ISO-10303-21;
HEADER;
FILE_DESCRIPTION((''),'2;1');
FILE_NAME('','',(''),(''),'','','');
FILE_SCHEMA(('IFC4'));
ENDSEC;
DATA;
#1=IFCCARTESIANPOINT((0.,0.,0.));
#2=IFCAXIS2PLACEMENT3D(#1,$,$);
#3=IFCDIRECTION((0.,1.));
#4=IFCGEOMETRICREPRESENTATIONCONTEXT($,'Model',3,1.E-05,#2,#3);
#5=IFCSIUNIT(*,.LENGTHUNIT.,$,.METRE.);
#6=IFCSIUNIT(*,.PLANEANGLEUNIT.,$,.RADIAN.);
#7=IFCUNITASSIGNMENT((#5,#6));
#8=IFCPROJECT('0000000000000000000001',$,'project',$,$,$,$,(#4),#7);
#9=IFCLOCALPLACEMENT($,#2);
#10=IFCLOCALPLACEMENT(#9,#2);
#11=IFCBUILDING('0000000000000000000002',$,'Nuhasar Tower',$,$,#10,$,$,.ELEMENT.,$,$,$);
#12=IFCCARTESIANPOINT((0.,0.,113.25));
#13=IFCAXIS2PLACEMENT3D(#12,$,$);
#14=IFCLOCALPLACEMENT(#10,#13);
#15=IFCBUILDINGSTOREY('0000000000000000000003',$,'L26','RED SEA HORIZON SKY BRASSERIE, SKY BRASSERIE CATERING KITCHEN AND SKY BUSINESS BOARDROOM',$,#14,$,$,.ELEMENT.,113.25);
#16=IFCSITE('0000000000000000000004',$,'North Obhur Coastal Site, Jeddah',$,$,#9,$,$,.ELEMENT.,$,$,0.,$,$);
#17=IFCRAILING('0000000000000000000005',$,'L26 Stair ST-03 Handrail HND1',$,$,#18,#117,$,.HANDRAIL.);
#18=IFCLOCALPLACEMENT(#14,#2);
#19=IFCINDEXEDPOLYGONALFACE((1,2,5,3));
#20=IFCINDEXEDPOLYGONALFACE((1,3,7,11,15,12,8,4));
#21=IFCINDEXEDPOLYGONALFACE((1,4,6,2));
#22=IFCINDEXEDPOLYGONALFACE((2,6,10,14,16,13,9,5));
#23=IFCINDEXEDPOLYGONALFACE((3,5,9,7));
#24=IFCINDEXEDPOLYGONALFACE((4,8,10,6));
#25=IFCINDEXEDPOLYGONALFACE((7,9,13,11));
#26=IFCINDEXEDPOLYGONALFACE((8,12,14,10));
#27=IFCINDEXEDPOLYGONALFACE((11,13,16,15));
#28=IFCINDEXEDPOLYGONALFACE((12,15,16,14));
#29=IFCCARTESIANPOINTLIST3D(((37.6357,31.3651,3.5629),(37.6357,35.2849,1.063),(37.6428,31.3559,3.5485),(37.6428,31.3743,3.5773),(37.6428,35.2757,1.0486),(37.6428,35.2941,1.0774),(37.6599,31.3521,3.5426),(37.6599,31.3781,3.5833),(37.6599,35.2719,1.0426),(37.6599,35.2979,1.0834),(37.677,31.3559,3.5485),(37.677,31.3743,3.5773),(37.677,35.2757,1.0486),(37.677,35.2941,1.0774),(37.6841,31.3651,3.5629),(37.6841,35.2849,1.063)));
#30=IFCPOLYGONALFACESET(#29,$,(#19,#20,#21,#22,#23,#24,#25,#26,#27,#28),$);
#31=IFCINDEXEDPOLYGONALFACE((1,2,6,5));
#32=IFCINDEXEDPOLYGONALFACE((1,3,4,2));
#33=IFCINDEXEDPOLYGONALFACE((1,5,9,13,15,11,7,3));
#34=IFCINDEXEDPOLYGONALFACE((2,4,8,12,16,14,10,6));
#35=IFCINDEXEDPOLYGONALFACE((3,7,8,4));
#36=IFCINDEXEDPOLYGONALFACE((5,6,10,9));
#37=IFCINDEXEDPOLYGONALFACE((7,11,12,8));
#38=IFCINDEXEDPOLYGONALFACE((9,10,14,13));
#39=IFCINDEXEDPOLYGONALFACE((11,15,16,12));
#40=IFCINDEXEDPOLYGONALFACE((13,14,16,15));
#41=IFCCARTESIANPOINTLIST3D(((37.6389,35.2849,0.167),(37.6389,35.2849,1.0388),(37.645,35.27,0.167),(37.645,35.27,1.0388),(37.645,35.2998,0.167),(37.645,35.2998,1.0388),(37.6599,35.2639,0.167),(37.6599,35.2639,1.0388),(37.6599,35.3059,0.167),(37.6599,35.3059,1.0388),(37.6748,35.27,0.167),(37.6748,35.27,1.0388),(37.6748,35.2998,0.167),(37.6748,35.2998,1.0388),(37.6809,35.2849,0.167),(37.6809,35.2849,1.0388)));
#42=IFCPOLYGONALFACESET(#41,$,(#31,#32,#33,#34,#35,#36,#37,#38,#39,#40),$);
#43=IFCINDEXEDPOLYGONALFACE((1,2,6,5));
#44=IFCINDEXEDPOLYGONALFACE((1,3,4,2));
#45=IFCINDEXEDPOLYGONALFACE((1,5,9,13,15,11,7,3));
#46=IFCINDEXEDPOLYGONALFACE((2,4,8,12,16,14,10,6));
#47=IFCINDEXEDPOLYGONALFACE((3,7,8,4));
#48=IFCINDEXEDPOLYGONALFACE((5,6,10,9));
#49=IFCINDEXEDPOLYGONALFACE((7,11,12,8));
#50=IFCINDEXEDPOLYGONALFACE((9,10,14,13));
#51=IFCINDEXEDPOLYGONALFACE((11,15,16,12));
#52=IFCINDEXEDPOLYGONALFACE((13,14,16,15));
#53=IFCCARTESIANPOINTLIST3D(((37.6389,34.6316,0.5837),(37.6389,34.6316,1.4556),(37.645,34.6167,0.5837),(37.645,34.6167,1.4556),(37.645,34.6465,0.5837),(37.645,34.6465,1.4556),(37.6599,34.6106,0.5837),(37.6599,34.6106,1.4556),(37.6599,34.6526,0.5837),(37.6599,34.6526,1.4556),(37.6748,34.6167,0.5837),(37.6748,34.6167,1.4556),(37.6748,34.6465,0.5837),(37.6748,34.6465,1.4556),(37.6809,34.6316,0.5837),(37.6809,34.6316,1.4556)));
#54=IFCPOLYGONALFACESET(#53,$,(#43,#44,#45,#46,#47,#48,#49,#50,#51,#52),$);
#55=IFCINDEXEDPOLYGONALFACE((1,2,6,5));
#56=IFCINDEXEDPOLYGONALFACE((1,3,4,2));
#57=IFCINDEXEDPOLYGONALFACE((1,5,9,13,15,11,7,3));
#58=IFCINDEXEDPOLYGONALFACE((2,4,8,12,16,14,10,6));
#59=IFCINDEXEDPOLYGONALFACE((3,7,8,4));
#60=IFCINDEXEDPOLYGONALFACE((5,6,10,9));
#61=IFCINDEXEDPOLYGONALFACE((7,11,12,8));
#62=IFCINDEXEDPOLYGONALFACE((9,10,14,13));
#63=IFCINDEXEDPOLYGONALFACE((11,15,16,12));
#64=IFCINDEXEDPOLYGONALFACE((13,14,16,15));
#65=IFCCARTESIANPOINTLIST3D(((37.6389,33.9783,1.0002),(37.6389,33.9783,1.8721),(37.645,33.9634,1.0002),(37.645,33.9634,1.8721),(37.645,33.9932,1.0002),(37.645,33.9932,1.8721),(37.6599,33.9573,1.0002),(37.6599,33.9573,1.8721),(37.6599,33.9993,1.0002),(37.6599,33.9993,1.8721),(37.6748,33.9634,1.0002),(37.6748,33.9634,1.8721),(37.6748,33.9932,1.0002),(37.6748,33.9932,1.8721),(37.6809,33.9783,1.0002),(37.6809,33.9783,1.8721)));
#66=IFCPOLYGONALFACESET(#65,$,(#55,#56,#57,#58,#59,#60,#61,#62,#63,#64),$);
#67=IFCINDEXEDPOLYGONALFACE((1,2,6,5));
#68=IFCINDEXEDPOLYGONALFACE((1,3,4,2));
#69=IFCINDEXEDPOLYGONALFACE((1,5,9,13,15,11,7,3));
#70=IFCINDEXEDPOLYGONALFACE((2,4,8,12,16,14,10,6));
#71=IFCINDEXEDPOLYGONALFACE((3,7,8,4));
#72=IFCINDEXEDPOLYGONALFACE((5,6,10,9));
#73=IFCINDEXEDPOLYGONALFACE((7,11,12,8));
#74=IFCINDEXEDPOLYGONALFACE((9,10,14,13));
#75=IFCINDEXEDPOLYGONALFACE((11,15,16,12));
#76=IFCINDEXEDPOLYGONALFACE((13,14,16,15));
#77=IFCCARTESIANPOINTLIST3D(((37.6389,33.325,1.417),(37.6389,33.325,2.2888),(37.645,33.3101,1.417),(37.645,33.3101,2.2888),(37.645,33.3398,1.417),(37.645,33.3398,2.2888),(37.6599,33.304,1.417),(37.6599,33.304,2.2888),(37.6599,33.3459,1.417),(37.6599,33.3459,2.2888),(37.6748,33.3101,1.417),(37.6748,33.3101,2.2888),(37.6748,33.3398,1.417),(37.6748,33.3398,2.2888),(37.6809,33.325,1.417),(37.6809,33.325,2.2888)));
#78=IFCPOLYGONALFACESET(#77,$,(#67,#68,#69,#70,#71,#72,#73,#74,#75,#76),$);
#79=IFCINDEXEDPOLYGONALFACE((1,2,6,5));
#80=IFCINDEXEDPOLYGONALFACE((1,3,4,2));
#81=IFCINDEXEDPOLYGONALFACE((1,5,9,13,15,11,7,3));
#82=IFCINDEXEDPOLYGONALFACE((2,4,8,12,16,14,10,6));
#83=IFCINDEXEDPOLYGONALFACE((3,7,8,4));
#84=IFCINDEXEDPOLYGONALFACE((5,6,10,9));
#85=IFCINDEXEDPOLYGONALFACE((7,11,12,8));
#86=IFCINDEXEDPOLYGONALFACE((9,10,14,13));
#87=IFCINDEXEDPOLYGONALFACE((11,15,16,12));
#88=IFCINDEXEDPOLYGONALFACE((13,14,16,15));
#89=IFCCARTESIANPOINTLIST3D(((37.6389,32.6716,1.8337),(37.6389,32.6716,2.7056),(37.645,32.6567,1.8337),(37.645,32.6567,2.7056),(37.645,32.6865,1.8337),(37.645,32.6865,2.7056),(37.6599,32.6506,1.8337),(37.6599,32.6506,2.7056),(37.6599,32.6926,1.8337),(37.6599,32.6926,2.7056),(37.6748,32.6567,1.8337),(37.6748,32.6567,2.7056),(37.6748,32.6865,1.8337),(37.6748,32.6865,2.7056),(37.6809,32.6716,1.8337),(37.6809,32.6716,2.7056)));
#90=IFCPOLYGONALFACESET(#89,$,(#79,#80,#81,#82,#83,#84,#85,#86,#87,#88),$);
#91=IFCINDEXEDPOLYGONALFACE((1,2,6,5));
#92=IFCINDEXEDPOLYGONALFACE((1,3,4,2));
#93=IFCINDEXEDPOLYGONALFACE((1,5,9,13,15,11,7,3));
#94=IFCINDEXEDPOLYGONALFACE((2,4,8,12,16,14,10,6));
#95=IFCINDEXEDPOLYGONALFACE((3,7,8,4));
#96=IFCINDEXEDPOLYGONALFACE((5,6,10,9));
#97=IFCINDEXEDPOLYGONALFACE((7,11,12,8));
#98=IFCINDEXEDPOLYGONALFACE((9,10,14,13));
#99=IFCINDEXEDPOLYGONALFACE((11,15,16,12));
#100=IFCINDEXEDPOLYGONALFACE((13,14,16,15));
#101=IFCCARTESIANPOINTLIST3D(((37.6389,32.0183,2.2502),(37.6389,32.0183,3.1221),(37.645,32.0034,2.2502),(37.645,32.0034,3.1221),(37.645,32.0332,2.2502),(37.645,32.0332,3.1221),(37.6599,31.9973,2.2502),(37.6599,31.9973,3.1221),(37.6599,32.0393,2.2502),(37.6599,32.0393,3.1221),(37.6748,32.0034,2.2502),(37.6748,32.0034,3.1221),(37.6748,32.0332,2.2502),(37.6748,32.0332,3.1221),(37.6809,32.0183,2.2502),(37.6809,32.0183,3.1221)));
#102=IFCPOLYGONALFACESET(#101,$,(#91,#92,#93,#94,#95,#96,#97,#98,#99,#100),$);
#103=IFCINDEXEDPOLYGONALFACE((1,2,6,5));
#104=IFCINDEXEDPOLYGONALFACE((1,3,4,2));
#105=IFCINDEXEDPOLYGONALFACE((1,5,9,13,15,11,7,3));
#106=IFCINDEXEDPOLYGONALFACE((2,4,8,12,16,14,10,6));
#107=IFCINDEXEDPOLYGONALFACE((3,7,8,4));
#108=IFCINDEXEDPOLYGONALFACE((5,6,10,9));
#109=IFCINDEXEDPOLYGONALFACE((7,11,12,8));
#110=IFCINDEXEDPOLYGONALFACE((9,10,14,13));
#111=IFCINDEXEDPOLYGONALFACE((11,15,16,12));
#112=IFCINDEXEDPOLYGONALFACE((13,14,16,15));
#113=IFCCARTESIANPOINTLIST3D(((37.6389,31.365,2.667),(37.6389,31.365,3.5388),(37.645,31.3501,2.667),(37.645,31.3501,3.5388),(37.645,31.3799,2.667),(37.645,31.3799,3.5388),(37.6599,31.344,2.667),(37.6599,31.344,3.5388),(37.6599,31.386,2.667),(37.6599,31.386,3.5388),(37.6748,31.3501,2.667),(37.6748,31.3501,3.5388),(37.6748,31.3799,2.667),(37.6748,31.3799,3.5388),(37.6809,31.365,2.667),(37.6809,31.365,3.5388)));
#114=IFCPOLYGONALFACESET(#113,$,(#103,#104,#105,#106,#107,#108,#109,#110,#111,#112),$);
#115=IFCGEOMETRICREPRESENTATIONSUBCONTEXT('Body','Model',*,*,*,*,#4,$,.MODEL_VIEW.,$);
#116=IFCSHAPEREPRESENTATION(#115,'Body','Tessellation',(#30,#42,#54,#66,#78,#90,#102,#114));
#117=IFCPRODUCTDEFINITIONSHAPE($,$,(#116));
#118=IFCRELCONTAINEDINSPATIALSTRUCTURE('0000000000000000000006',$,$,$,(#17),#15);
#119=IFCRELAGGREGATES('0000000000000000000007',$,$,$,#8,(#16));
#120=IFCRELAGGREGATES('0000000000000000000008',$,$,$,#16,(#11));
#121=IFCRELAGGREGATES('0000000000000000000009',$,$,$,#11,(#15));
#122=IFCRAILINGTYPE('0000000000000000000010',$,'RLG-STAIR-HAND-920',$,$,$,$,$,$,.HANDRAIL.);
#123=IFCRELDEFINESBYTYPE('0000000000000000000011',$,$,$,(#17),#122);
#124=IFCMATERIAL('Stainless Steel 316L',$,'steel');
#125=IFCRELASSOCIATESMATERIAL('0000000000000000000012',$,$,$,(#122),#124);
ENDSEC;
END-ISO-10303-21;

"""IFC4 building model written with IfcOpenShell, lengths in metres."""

from ifc_helpers import new_model, si_unit, direction, frame, origin, place, context, subcontext, project, spatial, polyline, outline, extrude, material, type_object, element, save


model = new_model("IFC4")

# Units and contexts
model_context = context("Model", 3, precision=1e-05, world=origin(), true_north=direction((0.0, 1.0)))
body_context = subcontext(model_context, "Body", "Model", "MODEL_VIEW")
ifc_project = project(units=[si_unit("LENGTHUNIT", "METRE"), si_unit("PLANEANGLEUNIT", "RADIAN")], contexts=[model_context])

# Site, building, storey
site_placement = place(None, origin())
site = spatial("IfcSite", under=ifc_project, at=site_placement, Name="North Obhur Coastal Site, Jeddah", CompositionType="ELEMENT", RefElevation=0.0)
building_placement = place(site_placement, origin())
building = spatial("IfcBuilding", under=site, at=building_placement, Name="Nuhasar Tower", CompositionType="ELEMENT")
storey_placement = place(building_placement, frame((0.0, 0.0, 113.25)))
storey = spatial("IfcBuildingStorey", under=building, at=storey_placement, Name="L26", Description="RED SEA HORIZON SKY BRASSERIE, SKY BRASSERIE CATERING KITCHEN AND SKY BUSINESS BOARDROOM", CompositionType="ELEMENT", Elevation=113.25)

# Railing
ifc_material_1 = material(Name="Stainless Steel 316L", Category="steel")
railing_type_1 = type_object("IfcRailingType", Name="RLG-STAIR-HAND-920", PredefinedType="HANDRAIL", material=ifc_material_1)
railing_1_placement = place(storey_placement, frame((37.6599, 35.2849, 0.167)))
element("IfcRailing", 1, at=railing_1_placement, inside=storey, type_object=railing_type_1, Name="L26 Stair ST-03 Handrail HND1", PredefinedType="HANDRAIL", context=body_context, shape_type="SweptSolid", body=[
    extrude(outline(polyline([(0.0242, 0.0), (0.0171, 0.0171), (0.0, 0.0242), (-0.0171, 0.0171), (-0.0242, 0.0), (-0.0171, -0.0171), (0.0, -0.0242), (0.0171, -0.0171), (0.0242, 0.0)])), frame((0.0, 0.0, 0.896), z_axis=(0.0, -0.843125, 0.537718), x_axis=(1.0, 0.0, 0.0)), (0.0, 0.0, 1.0), 4.6492),
    extrude(outline(polyline([(0.021, 0.0), (0.0149, 0.0149), (0.0, 0.021), (-0.0149, 0.0149), (-0.021, 0.0), (-0.0149, -0.0149), (0.0, -0.021), (0.0149, -0.0149), (0.021, 0.0)])), origin(), (0.0, 0.0, 1.0), 0.8718),
    extrude(outline(polyline([(0.021, 0.0), (0.0149, 0.0149), (0.0, 0.021), (-0.0149, 0.0149), (-0.021, 0.0), (-0.0149, -0.0149), (0.0, -0.021), (0.0149, -0.0149), (0.021, 0.0)])), frame((0.0, -0.6533, 0.4167)), (0.0, 0.0, 1.0), 0.8718),
    extrude(outline(polyline([(0.021, 0.0), (0.0149, 0.0149), (0.0, 0.021), (-0.0149, 0.0149), (-0.021, 0.0), (-0.0149, -0.0149), (0.0, -0.021), (0.0149, -0.0149), (0.021, 0.0)])), frame((0.0, -1.3066, 0.8333)), (0.0, 0.0, 1.0), 0.8718),
    extrude(outline(polyline([(0.021, 0.0), (0.0149, 0.0149), (0.0, 0.021), (-0.0149, 0.0149), (-0.021, 0.0), (-0.0149, -0.0149), (0.0, -0.021), (0.0149, -0.0149), (0.021, 0.0)])), frame((0.0, -1.96, 1.25)), (0.0, 0.0, 1.0), 0.8718),
    extrude(outline(polyline([(0.021, 0.0), (0.0149, 0.0149), (0.0, 0.021), (-0.0149, 0.0149), (-0.021, 0.0), (-0.0149, -0.0149), (0.0, -0.021), (0.0149, -0.0149), (0.021, 0.0)])), frame((0.0, -2.6133, 1.6667)), (0.0, 0.0, 1.0), 0.8718),
    extrude(outline(polyline([(0.021, 0.0), (0.0149, 0.0149), (0.0, 0.021), (-0.0149, 0.0149), (-0.021, 0.0), (-0.0149, -0.0149), (0.0, -0.021), (0.0149, -0.0149), (0.021, 0.0)])), frame((0.0, -3.2666, 2.0833)), (0.0, 0.0, 1.0), 0.8718),
    extrude(outline(polyline([(0.021, 0.0), (0.0149, 0.0149), (0.0, 0.021), (-0.0149, 0.0149), (-0.021, 0.0), (-0.0149, -0.0149), (0.0, -0.021), (0.0149, -0.0149), (0.021, 0.0)])), frame((0.0, -3.9199, 2.5)), (0.0, 0.0, 1.0), 0.8718),
])

save(model, "model.ifc")
